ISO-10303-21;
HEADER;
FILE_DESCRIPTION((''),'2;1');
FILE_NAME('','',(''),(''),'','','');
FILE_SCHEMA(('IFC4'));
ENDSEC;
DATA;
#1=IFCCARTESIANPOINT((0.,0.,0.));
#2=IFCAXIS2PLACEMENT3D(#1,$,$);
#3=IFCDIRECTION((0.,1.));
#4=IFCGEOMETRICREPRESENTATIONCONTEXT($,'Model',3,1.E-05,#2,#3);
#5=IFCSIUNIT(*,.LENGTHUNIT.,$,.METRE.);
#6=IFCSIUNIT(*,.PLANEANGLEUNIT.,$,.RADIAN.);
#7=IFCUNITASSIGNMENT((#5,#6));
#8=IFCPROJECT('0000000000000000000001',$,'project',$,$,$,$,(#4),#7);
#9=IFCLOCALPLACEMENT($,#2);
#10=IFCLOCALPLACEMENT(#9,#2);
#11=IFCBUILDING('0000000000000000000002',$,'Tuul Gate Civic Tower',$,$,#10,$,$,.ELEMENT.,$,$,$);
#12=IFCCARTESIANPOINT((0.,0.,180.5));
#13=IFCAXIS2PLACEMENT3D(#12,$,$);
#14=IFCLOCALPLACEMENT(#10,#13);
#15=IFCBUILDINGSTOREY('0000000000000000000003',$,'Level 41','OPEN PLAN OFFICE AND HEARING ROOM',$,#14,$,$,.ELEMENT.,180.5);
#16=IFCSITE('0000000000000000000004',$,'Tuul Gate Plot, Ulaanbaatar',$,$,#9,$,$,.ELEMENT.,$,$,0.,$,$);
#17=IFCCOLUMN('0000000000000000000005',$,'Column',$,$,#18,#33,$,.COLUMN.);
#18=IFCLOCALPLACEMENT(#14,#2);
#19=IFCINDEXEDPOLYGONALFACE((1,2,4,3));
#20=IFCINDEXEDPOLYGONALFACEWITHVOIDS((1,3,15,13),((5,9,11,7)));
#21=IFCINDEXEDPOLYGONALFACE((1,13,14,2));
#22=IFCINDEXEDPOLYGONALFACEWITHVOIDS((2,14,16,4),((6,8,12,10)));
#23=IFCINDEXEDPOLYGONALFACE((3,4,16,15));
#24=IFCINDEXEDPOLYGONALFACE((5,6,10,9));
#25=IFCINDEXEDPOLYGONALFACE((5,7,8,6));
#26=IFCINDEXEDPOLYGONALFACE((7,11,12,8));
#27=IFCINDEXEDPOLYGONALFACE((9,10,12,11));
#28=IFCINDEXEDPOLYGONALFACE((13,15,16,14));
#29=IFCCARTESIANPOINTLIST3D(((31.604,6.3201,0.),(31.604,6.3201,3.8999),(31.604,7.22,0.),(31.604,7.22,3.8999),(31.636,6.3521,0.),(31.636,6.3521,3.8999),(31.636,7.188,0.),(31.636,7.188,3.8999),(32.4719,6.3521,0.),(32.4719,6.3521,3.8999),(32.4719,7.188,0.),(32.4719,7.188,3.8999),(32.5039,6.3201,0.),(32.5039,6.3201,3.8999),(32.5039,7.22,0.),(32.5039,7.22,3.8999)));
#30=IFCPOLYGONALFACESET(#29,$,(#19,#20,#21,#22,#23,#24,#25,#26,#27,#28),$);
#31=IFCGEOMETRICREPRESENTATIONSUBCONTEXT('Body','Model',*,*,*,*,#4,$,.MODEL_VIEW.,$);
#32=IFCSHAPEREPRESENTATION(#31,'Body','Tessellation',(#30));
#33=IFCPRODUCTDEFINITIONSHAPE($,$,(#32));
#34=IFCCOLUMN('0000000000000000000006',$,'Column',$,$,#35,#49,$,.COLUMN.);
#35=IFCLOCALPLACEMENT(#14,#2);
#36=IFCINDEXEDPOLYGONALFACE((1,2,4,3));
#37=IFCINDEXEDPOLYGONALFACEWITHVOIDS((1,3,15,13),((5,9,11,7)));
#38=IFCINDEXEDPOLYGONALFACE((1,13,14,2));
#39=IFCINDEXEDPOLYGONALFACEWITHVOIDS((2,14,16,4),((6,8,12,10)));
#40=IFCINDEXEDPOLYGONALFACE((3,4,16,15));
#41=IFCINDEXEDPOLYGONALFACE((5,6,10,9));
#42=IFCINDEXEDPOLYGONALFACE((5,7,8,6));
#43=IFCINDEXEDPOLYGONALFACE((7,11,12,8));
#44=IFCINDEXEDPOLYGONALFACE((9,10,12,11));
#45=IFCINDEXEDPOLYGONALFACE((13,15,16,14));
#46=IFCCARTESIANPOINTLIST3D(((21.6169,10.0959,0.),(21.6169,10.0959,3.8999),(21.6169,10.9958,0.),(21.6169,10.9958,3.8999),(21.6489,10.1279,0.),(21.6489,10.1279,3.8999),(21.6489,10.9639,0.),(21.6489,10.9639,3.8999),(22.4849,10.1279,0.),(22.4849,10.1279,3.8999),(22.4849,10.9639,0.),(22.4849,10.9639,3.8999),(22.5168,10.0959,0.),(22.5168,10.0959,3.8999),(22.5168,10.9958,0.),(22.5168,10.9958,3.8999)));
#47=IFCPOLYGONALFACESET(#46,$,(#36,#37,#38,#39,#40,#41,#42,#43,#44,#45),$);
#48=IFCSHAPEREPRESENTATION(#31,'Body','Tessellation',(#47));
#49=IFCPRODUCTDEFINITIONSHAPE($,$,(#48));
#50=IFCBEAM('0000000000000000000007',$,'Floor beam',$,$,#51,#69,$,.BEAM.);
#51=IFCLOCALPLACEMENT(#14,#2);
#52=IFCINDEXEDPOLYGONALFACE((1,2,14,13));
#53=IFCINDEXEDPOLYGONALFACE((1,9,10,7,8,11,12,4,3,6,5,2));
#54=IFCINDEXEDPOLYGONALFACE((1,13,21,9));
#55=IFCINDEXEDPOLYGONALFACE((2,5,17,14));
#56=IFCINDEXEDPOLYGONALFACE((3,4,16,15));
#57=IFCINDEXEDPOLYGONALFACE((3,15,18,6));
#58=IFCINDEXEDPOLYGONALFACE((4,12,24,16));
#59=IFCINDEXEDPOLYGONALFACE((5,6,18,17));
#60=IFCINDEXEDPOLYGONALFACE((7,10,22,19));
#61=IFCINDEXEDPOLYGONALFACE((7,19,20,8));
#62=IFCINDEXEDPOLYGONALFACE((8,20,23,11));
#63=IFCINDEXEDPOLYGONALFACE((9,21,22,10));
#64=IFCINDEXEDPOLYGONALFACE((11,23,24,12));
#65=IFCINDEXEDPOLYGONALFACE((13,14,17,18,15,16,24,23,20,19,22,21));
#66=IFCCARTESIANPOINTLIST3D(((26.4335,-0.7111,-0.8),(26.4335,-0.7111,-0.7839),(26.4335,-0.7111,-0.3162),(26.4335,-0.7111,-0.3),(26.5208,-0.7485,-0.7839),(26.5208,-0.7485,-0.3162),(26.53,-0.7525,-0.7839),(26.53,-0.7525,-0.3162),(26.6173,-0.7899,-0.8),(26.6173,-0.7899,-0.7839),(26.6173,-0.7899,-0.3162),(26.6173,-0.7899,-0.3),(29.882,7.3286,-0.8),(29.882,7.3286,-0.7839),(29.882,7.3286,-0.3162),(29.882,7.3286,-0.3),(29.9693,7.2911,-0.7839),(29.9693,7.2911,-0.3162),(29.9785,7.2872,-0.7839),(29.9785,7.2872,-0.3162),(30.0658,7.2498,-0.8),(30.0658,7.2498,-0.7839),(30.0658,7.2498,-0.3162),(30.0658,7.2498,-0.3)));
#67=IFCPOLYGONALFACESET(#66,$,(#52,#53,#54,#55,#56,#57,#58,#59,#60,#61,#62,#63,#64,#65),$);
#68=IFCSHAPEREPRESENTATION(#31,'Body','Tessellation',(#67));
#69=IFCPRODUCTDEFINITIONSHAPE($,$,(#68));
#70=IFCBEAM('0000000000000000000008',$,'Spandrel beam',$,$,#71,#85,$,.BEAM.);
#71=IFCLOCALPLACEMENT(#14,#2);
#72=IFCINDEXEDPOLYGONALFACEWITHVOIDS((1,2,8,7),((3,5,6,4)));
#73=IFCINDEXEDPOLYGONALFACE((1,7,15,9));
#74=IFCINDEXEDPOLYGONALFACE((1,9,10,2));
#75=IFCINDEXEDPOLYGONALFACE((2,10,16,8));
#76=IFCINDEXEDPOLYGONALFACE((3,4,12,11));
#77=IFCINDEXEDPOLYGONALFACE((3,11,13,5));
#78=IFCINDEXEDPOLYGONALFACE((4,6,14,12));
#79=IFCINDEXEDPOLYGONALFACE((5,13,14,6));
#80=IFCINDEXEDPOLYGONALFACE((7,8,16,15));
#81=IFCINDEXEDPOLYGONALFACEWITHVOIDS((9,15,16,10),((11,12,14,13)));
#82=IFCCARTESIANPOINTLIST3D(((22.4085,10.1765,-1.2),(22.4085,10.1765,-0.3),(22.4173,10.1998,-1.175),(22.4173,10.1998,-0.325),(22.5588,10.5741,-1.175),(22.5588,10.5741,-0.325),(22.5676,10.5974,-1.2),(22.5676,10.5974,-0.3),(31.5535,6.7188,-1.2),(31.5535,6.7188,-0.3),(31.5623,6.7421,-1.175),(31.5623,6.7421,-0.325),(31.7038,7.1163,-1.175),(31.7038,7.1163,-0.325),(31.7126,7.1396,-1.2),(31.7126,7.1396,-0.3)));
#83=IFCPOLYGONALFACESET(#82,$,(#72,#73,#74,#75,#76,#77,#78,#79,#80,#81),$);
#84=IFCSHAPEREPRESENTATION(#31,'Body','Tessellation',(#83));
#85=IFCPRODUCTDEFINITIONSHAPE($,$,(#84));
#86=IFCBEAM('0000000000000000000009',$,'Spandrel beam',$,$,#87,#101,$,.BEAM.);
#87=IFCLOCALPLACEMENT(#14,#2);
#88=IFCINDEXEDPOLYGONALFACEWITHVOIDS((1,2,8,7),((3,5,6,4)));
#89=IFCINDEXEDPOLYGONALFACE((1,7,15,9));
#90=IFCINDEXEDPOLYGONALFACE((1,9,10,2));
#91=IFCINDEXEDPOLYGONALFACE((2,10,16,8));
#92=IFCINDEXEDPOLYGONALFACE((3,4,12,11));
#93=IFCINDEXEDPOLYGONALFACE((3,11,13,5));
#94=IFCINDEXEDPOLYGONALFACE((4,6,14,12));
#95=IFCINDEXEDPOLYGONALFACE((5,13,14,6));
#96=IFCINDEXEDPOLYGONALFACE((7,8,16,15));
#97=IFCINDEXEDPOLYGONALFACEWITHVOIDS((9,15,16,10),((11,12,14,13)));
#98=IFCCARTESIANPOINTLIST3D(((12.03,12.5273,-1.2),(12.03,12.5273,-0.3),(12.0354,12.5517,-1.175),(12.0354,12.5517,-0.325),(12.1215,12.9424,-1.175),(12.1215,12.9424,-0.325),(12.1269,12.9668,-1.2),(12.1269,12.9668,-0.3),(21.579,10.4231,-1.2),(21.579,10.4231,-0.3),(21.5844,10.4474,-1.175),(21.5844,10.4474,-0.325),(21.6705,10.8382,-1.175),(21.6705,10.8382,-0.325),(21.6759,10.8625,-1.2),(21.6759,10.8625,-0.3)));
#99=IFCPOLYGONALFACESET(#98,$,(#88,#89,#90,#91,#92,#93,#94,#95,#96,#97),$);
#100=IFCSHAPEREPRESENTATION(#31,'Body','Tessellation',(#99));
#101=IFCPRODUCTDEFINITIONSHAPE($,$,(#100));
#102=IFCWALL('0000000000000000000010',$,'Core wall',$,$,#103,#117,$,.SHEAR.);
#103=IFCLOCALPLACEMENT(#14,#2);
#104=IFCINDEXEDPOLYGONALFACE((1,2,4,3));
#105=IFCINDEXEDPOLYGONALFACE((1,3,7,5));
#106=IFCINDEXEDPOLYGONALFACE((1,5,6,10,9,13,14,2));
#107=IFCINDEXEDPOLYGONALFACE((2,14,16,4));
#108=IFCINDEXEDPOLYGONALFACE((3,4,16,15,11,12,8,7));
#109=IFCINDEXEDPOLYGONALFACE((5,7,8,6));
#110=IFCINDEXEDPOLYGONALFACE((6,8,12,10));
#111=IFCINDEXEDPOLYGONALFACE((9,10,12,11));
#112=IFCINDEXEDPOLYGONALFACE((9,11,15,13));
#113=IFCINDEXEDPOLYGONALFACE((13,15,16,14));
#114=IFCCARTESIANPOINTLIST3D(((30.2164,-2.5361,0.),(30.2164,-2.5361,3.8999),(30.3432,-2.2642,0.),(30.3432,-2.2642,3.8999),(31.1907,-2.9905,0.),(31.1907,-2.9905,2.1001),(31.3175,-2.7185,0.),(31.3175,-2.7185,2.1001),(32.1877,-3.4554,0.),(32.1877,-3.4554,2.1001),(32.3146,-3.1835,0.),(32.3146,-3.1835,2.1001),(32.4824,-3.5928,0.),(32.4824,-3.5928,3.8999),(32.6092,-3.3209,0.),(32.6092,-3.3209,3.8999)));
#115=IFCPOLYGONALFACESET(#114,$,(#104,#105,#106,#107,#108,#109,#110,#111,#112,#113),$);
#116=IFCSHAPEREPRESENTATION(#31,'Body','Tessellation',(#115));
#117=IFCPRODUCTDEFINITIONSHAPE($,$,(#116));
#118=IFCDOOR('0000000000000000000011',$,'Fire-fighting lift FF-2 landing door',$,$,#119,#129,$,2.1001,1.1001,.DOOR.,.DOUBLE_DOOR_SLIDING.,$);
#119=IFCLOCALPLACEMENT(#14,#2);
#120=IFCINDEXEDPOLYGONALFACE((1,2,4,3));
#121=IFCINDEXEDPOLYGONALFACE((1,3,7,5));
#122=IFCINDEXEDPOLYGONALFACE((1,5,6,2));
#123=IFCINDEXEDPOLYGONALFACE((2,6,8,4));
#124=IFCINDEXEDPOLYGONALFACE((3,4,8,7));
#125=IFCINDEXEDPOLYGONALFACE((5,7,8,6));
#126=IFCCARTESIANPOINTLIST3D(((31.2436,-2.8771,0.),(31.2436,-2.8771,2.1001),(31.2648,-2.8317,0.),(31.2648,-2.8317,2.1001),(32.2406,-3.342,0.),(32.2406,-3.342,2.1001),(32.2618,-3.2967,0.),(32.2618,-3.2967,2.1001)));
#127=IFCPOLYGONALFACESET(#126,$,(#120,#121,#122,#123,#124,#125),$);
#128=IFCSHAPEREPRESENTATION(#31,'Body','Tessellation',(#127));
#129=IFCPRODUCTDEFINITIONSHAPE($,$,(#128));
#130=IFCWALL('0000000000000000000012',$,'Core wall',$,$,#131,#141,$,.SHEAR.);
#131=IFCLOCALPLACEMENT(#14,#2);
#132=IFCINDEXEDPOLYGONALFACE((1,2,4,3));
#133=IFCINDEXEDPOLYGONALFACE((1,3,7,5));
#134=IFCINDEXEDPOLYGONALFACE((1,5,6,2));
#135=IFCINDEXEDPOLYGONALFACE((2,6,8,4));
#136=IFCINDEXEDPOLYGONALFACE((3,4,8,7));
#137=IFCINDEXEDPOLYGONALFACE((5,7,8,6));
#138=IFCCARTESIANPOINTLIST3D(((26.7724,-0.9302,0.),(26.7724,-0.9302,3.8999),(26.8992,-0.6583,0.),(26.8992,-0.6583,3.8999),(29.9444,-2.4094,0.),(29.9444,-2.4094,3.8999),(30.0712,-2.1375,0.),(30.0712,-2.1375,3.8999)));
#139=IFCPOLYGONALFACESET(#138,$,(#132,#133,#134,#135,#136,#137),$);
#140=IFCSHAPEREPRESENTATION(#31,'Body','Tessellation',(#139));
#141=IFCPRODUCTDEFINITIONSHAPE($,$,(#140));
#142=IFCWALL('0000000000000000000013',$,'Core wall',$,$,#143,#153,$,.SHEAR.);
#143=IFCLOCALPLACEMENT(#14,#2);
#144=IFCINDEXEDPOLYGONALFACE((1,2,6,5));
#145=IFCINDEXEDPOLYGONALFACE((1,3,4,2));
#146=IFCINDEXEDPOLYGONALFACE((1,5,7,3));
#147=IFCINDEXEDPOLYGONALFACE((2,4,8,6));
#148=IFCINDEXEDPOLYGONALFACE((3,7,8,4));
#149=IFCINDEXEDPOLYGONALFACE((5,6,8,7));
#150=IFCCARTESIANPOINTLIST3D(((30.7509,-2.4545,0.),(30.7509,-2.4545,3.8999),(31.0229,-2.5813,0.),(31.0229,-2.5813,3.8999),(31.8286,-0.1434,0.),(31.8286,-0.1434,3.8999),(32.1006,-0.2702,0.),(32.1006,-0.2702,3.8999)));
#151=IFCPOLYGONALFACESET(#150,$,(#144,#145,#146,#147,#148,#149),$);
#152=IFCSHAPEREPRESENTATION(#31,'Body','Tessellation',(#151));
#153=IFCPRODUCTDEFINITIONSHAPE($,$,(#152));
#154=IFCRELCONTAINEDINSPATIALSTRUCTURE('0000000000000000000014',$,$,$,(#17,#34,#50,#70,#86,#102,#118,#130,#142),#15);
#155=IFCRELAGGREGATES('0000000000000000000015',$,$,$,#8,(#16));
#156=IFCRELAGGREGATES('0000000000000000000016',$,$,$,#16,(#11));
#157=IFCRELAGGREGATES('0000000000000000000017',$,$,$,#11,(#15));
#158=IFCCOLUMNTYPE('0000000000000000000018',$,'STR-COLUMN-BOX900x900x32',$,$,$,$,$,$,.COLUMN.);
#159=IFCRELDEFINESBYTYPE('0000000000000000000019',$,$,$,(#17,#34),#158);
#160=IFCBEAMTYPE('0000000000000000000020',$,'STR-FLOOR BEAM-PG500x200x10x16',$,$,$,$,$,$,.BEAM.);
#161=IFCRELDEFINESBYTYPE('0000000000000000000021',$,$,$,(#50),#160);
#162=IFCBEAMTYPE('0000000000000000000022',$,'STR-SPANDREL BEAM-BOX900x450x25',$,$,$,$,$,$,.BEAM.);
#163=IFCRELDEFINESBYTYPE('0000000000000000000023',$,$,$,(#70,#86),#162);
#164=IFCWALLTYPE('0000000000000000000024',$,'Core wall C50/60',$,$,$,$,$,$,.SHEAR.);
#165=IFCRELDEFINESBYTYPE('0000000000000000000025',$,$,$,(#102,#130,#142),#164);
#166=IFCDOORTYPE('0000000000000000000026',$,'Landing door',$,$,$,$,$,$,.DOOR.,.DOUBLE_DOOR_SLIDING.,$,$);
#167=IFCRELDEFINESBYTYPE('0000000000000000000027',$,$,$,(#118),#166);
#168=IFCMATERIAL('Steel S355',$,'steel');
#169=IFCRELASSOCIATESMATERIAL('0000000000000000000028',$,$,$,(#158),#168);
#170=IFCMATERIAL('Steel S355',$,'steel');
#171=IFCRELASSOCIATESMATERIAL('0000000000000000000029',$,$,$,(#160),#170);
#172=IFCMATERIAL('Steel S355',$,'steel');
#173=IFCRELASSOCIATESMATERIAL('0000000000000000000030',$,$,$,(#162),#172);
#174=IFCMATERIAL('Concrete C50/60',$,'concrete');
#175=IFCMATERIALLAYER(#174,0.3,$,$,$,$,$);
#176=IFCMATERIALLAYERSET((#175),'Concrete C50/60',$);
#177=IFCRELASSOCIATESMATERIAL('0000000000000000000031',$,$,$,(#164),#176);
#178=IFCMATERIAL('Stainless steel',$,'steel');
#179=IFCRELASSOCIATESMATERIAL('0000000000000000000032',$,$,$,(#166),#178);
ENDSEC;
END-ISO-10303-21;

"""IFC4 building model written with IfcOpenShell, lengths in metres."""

from ifc_helpers import new_model, si_unit, direction, frame, frame_2d, origin, origin_2d, place, context, subcontext, project, spatial, rectangle, hollow_rectangle, i_section, extrude, material, layer, layer_set, material_profile, profile_set, type_object, element, fill, save


model = new_model("IFC4")

# Units and contexts
model_context = context("Model", 3, precision=1e-05, world=origin(), true_north=direction((0.0, 1.0)))
body_context = subcontext(model_context, "Body", "Model", "MODEL_VIEW")
ifc_project = project(units=[si_unit("LENGTHUNIT", "METRE"), si_unit("PLANEANGLEUNIT", "RADIAN")], contexts=[model_context])

# Site, building, storey
site_placement = place(None, origin())
site = spatial("IfcSite", under=ifc_project, at=site_placement, Name="Tuul Gate Plot, Ulaanbaatar", CompositionType="ELEMENT", RefElevation=0.0)
building_placement = place(site_placement, origin())
building = spatial("IfcBuilding", under=site, at=building_placement, Name="Tuul Gate Civic Tower", CompositionType="ELEMENT")
storey_placement = place(building_placement, frame((0.0, 0.0, 180.5)))
storey = spatial("IfcBuildingStorey", under=building, at=storey_placement, Name="Level 41", Description="OPEN PLAN OFFICE AND HEARING ROOM", CompositionType="ELEMENT", Elevation=180.5)

# Columns
ifc_material_1 = material(Name="Steel S355", Category="steel")
ifc_material_profile_1 = material_profile(ifc_material_1, hollow_rectangle(XDim=0.8999, YDim=0.8999, WallThickness=0.032, at=origin_2d()), Name="BOX900x900x32")
ifc_profile_set_1 = profile_set([ifc_material_profile_1], Name="Steel S355")
column_type = type_object("IfcColumnType", Name="STR-COLUMN-BOX900x900x32", PredefinedType="COLUMN", material=ifc_profile_set_1)
for number, where, z_axis, x_axis, name in (
    (1, (32.054, 6.77, 0.0), (0.0, 0.0, 1.0), (1.0, 0.0, 0.0), "Column"),
    (2, (22.0669, 10.5459, 0.0), (0.0, 0.0, 1.0), (1.0, 0.0, 0.0), "Column"),
):
    element("IfcColumn", number, at=place(storey_placement, frame(where, z_axis=z_axis, x_axis=x_axis)), inside=storey, type_object=column_type, Name=name, PredefinedType="COLUMN", context=body_context, shape_type="SweptSolid", body=[
        extrude(hollow_rectangle(XDim=0.8999, YDim=0.8999, WallThickness=0.032, at=origin_2d()), origin(), (0.0, 0.0, 1.0), 3.8999),
    ])

# Beams
ifc_material_2 = material(Name="Steel S355", Category="steel")
ifc_material_profile_2 = material_profile(ifc_material_2, i_section(OverallWidth=0.2, OverallDepth=0.5, WebThickness=0.01, FlangeThickness=0.0161, at=origin_2d()), Name="PG500x200x10x16")
ifc_profile_set_2 = profile_set([ifc_material_profile_2], Name="Steel S355")
beam_type_1 = type_object("IfcBeamType", Name="STR-FLOOR BEAM-PG500x200x10x16", PredefinedType="BEAM", material=ifc_profile_set_2)
beam_1_placement = place(storey_placement, frame((26.5254, -0.7505, -0.55), z_axis=(0.394206, 0.919022, 0.0), x_axis=(-0.919022, 0.394206, 0.0)))
element("IfcBeam", 3, at=beam_1_placement, inside=storey, type_object=beam_type_1, Name="Floor beam", PredefinedType="BEAM", context=body_context, shape_type="SweptSolid", body=[
    extrude(i_section(OverallWidth=0.2, OverallDepth=0.5, WebThickness=0.01, FlangeThickness=0.0161, at=origin_2d()), origin(), (0.0, 0.0, 1.0), 8.748),
])
ifc_material_3 = material(Name="Steel S355", Category="steel")
ifc_material_profile_3 = material_profile(ifc_material_3, hollow_rectangle(XDim=0.45, YDim=0.8999, WallThickness=0.0249, at=origin_2d()), Name="BOX900x450x25")
ifc_profile_set_3 = profile_set([ifc_material_profile_3], Name="Steel S355")
beam_type_2 = type_object("IfcBeamType", Name="STR-SPANDREL BEAM-BOX900x450x25", PredefinedType="BEAM", material=ifc_profile_set_3)
beam_2_placement = place(storey_placement, frame((31.6331, 6.9292, -0.75), z_axis=(-0.935371, 0.353667, 0.0), x_axis=(-0.353667, -0.935371, 0.0)))
element("IfcBeam", 4, at=beam_2_placement, inside=storey, type_object=beam_type_2, Name="Spandrel beam", PredefinedType="BEAM", context=body_context, shape_type="SweptSolid", body=[
    extrude(hollow_rectangle(XDim=0.45, YDim=0.8999, WallThickness=0.0249, at=origin_2d()), origin(), (0.0, 0.0, 1.0), 9.7769),
])
beam_3_placement = place(storey_placement, frame((21.6274, 10.6428, -0.75), z_axis=(-0.97657, 0.215199, 0.0), x_axis=(-0.215199, -0.97657, 0.0)))
element("IfcBeam", 5, at=beam_3_placement, inside=storey, type_object=beam_type_2, Name="Spandrel beam", PredefinedType="BEAM", context=body_context, shape_type="SweptSolid", body=[
    extrude(hollow_rectangle(XDim=0.45, YDim=0.8999, WallThickness=0.0249, at=origin_2d()), origin(), (0.0, 0.0, 1.0), 9.7781),
])

# Wall, opening, door
ifc_material_4 = material(Name="Concrete C50/60", Category="concrete")
ifc_layer_1 = layer(ifc_material_4, 0.3)
ifc_layer_set_1 = layer_set([ifc_layer_1], Name="Concrete C50/60")
wall_type_1 = type_object("IfcWallType", Name="Core wall C50/60", PredefinedType="SHEAR", material=ifc_layer_set_1)
wall_1_placement = place(storey_placement, frame((32.5457, -3.4568, 0.0), z_axis=(0.0, 0.0, 1.0), x_axis=(-0.9063, 0.422634, 0.0)))
wall_1 = element("IfcWall", 6, at=wall_1_placement, inside=storey, type_object=wall_type_1, Name="Core wall", PredefinedType="SHEAR", context=body_context, shape_type="SweptSolid", body=[
    extrude(rectangle(XDim=2.5002, YDim=0.3, at=frame_2d((1.25, 0.0))), origin(), (0.0, 0.0, 1.0), 3.8999),
])
opening_1_placement = place(wall_1_placement, frame((0.325, 0.0, 0.0)))
opening_1 = element("IfcOpeningElement", 7, at=opening_1_placement, cuts=wall_1, PredefinedType="OPENING", context=body_context, shape_type="SweptSolid", body=[
    extrude(rectangle(XDim=1.1001, YDim=2.1001, at=frame_2d((0.55, 1.05))), frame((0.0, 0.1602, 0.0), z_axis=(0.0, -1.0, 0.0), x_axis=(1.0, 0.0, 0.0)), (0.0, 0.0, 1.0), 0.3201),
])
ifc_material_5 = material(Name="Stainless steel", Category="steel")
door_type_1 = type_object("IfcDoorType", Name="Landing door", OperationType="DOUBLE_DOOR_SLIDING", PredefinedType="DOOR", material=ifc_material_5)
door_1_placement = place(opening_1_placement, origin())
door_1 = element("IfcDoor", 8, at=door_1_placement, inside=storey, type_object=door_type_1, Name="Fire-fighting lift FF-2 landing door", OperationType="DOUBLE_DOOR_SLIDING", OverallHeight=2.1001, OverallWidth=1.1001, PredefinedType="DOOR", context=body_context, shape_type="SweptSolid", body=[
    extrude(rectangle(XDim=1.1001, YDim=2.1001, at=frame_2d((0.55, 1.05))), frame((0.0, 0.0249, 0.0), z_axis=(0.0, -1.0, 0.0), x_axis=(1.0, 0.0, 0.0)), (0.0, 0.0, 1.0), 0.05),
])
fill(opening_1, door_1)

# Walls
wall_2_placement = place(storey_placement, frame((30.0078, -2.2734, 0.0), z_axis=(0.0, 0.0, 1.0), x_axis=(-0.906301, 0.422633, 0.0)))
element("IfcWall", 9, at=wall_2_placement, inside=storey, type_object=wall_type_1, Name="Core wall", PredefinedType="SHEAR", context=body_context, shape_type="SweptSolid", body=[
    extrude(rectangle(XDim=3.5, YDim=0.3, at=frame_2d((1.75, 0.0))), origin(), (0.0, 0.0, 1.0), 3.8999),
])
wall_3_placement = place(storey_placement, frame((30.887, -2.5178, 0.0), z_axis=(0.0, 0.0, 1.0), x_axis=(0.422613, 0.90631, 0.0)))
element("IfcWall", 10, at=wall_3_placement, inside=storey, type_object=wall_type_1, Name="Core wall", PredefinedType="SHEAR", context=body_context, shape_type="SweptSolid", body=[
    extrude(rectangle(XDim=2.55, YDim=0.3, at=frame_2d((1.2749, 0.0))), origin(), (0.0, 0.0, 1.0), 3.8999),
])

save(model, "model.ifc")
